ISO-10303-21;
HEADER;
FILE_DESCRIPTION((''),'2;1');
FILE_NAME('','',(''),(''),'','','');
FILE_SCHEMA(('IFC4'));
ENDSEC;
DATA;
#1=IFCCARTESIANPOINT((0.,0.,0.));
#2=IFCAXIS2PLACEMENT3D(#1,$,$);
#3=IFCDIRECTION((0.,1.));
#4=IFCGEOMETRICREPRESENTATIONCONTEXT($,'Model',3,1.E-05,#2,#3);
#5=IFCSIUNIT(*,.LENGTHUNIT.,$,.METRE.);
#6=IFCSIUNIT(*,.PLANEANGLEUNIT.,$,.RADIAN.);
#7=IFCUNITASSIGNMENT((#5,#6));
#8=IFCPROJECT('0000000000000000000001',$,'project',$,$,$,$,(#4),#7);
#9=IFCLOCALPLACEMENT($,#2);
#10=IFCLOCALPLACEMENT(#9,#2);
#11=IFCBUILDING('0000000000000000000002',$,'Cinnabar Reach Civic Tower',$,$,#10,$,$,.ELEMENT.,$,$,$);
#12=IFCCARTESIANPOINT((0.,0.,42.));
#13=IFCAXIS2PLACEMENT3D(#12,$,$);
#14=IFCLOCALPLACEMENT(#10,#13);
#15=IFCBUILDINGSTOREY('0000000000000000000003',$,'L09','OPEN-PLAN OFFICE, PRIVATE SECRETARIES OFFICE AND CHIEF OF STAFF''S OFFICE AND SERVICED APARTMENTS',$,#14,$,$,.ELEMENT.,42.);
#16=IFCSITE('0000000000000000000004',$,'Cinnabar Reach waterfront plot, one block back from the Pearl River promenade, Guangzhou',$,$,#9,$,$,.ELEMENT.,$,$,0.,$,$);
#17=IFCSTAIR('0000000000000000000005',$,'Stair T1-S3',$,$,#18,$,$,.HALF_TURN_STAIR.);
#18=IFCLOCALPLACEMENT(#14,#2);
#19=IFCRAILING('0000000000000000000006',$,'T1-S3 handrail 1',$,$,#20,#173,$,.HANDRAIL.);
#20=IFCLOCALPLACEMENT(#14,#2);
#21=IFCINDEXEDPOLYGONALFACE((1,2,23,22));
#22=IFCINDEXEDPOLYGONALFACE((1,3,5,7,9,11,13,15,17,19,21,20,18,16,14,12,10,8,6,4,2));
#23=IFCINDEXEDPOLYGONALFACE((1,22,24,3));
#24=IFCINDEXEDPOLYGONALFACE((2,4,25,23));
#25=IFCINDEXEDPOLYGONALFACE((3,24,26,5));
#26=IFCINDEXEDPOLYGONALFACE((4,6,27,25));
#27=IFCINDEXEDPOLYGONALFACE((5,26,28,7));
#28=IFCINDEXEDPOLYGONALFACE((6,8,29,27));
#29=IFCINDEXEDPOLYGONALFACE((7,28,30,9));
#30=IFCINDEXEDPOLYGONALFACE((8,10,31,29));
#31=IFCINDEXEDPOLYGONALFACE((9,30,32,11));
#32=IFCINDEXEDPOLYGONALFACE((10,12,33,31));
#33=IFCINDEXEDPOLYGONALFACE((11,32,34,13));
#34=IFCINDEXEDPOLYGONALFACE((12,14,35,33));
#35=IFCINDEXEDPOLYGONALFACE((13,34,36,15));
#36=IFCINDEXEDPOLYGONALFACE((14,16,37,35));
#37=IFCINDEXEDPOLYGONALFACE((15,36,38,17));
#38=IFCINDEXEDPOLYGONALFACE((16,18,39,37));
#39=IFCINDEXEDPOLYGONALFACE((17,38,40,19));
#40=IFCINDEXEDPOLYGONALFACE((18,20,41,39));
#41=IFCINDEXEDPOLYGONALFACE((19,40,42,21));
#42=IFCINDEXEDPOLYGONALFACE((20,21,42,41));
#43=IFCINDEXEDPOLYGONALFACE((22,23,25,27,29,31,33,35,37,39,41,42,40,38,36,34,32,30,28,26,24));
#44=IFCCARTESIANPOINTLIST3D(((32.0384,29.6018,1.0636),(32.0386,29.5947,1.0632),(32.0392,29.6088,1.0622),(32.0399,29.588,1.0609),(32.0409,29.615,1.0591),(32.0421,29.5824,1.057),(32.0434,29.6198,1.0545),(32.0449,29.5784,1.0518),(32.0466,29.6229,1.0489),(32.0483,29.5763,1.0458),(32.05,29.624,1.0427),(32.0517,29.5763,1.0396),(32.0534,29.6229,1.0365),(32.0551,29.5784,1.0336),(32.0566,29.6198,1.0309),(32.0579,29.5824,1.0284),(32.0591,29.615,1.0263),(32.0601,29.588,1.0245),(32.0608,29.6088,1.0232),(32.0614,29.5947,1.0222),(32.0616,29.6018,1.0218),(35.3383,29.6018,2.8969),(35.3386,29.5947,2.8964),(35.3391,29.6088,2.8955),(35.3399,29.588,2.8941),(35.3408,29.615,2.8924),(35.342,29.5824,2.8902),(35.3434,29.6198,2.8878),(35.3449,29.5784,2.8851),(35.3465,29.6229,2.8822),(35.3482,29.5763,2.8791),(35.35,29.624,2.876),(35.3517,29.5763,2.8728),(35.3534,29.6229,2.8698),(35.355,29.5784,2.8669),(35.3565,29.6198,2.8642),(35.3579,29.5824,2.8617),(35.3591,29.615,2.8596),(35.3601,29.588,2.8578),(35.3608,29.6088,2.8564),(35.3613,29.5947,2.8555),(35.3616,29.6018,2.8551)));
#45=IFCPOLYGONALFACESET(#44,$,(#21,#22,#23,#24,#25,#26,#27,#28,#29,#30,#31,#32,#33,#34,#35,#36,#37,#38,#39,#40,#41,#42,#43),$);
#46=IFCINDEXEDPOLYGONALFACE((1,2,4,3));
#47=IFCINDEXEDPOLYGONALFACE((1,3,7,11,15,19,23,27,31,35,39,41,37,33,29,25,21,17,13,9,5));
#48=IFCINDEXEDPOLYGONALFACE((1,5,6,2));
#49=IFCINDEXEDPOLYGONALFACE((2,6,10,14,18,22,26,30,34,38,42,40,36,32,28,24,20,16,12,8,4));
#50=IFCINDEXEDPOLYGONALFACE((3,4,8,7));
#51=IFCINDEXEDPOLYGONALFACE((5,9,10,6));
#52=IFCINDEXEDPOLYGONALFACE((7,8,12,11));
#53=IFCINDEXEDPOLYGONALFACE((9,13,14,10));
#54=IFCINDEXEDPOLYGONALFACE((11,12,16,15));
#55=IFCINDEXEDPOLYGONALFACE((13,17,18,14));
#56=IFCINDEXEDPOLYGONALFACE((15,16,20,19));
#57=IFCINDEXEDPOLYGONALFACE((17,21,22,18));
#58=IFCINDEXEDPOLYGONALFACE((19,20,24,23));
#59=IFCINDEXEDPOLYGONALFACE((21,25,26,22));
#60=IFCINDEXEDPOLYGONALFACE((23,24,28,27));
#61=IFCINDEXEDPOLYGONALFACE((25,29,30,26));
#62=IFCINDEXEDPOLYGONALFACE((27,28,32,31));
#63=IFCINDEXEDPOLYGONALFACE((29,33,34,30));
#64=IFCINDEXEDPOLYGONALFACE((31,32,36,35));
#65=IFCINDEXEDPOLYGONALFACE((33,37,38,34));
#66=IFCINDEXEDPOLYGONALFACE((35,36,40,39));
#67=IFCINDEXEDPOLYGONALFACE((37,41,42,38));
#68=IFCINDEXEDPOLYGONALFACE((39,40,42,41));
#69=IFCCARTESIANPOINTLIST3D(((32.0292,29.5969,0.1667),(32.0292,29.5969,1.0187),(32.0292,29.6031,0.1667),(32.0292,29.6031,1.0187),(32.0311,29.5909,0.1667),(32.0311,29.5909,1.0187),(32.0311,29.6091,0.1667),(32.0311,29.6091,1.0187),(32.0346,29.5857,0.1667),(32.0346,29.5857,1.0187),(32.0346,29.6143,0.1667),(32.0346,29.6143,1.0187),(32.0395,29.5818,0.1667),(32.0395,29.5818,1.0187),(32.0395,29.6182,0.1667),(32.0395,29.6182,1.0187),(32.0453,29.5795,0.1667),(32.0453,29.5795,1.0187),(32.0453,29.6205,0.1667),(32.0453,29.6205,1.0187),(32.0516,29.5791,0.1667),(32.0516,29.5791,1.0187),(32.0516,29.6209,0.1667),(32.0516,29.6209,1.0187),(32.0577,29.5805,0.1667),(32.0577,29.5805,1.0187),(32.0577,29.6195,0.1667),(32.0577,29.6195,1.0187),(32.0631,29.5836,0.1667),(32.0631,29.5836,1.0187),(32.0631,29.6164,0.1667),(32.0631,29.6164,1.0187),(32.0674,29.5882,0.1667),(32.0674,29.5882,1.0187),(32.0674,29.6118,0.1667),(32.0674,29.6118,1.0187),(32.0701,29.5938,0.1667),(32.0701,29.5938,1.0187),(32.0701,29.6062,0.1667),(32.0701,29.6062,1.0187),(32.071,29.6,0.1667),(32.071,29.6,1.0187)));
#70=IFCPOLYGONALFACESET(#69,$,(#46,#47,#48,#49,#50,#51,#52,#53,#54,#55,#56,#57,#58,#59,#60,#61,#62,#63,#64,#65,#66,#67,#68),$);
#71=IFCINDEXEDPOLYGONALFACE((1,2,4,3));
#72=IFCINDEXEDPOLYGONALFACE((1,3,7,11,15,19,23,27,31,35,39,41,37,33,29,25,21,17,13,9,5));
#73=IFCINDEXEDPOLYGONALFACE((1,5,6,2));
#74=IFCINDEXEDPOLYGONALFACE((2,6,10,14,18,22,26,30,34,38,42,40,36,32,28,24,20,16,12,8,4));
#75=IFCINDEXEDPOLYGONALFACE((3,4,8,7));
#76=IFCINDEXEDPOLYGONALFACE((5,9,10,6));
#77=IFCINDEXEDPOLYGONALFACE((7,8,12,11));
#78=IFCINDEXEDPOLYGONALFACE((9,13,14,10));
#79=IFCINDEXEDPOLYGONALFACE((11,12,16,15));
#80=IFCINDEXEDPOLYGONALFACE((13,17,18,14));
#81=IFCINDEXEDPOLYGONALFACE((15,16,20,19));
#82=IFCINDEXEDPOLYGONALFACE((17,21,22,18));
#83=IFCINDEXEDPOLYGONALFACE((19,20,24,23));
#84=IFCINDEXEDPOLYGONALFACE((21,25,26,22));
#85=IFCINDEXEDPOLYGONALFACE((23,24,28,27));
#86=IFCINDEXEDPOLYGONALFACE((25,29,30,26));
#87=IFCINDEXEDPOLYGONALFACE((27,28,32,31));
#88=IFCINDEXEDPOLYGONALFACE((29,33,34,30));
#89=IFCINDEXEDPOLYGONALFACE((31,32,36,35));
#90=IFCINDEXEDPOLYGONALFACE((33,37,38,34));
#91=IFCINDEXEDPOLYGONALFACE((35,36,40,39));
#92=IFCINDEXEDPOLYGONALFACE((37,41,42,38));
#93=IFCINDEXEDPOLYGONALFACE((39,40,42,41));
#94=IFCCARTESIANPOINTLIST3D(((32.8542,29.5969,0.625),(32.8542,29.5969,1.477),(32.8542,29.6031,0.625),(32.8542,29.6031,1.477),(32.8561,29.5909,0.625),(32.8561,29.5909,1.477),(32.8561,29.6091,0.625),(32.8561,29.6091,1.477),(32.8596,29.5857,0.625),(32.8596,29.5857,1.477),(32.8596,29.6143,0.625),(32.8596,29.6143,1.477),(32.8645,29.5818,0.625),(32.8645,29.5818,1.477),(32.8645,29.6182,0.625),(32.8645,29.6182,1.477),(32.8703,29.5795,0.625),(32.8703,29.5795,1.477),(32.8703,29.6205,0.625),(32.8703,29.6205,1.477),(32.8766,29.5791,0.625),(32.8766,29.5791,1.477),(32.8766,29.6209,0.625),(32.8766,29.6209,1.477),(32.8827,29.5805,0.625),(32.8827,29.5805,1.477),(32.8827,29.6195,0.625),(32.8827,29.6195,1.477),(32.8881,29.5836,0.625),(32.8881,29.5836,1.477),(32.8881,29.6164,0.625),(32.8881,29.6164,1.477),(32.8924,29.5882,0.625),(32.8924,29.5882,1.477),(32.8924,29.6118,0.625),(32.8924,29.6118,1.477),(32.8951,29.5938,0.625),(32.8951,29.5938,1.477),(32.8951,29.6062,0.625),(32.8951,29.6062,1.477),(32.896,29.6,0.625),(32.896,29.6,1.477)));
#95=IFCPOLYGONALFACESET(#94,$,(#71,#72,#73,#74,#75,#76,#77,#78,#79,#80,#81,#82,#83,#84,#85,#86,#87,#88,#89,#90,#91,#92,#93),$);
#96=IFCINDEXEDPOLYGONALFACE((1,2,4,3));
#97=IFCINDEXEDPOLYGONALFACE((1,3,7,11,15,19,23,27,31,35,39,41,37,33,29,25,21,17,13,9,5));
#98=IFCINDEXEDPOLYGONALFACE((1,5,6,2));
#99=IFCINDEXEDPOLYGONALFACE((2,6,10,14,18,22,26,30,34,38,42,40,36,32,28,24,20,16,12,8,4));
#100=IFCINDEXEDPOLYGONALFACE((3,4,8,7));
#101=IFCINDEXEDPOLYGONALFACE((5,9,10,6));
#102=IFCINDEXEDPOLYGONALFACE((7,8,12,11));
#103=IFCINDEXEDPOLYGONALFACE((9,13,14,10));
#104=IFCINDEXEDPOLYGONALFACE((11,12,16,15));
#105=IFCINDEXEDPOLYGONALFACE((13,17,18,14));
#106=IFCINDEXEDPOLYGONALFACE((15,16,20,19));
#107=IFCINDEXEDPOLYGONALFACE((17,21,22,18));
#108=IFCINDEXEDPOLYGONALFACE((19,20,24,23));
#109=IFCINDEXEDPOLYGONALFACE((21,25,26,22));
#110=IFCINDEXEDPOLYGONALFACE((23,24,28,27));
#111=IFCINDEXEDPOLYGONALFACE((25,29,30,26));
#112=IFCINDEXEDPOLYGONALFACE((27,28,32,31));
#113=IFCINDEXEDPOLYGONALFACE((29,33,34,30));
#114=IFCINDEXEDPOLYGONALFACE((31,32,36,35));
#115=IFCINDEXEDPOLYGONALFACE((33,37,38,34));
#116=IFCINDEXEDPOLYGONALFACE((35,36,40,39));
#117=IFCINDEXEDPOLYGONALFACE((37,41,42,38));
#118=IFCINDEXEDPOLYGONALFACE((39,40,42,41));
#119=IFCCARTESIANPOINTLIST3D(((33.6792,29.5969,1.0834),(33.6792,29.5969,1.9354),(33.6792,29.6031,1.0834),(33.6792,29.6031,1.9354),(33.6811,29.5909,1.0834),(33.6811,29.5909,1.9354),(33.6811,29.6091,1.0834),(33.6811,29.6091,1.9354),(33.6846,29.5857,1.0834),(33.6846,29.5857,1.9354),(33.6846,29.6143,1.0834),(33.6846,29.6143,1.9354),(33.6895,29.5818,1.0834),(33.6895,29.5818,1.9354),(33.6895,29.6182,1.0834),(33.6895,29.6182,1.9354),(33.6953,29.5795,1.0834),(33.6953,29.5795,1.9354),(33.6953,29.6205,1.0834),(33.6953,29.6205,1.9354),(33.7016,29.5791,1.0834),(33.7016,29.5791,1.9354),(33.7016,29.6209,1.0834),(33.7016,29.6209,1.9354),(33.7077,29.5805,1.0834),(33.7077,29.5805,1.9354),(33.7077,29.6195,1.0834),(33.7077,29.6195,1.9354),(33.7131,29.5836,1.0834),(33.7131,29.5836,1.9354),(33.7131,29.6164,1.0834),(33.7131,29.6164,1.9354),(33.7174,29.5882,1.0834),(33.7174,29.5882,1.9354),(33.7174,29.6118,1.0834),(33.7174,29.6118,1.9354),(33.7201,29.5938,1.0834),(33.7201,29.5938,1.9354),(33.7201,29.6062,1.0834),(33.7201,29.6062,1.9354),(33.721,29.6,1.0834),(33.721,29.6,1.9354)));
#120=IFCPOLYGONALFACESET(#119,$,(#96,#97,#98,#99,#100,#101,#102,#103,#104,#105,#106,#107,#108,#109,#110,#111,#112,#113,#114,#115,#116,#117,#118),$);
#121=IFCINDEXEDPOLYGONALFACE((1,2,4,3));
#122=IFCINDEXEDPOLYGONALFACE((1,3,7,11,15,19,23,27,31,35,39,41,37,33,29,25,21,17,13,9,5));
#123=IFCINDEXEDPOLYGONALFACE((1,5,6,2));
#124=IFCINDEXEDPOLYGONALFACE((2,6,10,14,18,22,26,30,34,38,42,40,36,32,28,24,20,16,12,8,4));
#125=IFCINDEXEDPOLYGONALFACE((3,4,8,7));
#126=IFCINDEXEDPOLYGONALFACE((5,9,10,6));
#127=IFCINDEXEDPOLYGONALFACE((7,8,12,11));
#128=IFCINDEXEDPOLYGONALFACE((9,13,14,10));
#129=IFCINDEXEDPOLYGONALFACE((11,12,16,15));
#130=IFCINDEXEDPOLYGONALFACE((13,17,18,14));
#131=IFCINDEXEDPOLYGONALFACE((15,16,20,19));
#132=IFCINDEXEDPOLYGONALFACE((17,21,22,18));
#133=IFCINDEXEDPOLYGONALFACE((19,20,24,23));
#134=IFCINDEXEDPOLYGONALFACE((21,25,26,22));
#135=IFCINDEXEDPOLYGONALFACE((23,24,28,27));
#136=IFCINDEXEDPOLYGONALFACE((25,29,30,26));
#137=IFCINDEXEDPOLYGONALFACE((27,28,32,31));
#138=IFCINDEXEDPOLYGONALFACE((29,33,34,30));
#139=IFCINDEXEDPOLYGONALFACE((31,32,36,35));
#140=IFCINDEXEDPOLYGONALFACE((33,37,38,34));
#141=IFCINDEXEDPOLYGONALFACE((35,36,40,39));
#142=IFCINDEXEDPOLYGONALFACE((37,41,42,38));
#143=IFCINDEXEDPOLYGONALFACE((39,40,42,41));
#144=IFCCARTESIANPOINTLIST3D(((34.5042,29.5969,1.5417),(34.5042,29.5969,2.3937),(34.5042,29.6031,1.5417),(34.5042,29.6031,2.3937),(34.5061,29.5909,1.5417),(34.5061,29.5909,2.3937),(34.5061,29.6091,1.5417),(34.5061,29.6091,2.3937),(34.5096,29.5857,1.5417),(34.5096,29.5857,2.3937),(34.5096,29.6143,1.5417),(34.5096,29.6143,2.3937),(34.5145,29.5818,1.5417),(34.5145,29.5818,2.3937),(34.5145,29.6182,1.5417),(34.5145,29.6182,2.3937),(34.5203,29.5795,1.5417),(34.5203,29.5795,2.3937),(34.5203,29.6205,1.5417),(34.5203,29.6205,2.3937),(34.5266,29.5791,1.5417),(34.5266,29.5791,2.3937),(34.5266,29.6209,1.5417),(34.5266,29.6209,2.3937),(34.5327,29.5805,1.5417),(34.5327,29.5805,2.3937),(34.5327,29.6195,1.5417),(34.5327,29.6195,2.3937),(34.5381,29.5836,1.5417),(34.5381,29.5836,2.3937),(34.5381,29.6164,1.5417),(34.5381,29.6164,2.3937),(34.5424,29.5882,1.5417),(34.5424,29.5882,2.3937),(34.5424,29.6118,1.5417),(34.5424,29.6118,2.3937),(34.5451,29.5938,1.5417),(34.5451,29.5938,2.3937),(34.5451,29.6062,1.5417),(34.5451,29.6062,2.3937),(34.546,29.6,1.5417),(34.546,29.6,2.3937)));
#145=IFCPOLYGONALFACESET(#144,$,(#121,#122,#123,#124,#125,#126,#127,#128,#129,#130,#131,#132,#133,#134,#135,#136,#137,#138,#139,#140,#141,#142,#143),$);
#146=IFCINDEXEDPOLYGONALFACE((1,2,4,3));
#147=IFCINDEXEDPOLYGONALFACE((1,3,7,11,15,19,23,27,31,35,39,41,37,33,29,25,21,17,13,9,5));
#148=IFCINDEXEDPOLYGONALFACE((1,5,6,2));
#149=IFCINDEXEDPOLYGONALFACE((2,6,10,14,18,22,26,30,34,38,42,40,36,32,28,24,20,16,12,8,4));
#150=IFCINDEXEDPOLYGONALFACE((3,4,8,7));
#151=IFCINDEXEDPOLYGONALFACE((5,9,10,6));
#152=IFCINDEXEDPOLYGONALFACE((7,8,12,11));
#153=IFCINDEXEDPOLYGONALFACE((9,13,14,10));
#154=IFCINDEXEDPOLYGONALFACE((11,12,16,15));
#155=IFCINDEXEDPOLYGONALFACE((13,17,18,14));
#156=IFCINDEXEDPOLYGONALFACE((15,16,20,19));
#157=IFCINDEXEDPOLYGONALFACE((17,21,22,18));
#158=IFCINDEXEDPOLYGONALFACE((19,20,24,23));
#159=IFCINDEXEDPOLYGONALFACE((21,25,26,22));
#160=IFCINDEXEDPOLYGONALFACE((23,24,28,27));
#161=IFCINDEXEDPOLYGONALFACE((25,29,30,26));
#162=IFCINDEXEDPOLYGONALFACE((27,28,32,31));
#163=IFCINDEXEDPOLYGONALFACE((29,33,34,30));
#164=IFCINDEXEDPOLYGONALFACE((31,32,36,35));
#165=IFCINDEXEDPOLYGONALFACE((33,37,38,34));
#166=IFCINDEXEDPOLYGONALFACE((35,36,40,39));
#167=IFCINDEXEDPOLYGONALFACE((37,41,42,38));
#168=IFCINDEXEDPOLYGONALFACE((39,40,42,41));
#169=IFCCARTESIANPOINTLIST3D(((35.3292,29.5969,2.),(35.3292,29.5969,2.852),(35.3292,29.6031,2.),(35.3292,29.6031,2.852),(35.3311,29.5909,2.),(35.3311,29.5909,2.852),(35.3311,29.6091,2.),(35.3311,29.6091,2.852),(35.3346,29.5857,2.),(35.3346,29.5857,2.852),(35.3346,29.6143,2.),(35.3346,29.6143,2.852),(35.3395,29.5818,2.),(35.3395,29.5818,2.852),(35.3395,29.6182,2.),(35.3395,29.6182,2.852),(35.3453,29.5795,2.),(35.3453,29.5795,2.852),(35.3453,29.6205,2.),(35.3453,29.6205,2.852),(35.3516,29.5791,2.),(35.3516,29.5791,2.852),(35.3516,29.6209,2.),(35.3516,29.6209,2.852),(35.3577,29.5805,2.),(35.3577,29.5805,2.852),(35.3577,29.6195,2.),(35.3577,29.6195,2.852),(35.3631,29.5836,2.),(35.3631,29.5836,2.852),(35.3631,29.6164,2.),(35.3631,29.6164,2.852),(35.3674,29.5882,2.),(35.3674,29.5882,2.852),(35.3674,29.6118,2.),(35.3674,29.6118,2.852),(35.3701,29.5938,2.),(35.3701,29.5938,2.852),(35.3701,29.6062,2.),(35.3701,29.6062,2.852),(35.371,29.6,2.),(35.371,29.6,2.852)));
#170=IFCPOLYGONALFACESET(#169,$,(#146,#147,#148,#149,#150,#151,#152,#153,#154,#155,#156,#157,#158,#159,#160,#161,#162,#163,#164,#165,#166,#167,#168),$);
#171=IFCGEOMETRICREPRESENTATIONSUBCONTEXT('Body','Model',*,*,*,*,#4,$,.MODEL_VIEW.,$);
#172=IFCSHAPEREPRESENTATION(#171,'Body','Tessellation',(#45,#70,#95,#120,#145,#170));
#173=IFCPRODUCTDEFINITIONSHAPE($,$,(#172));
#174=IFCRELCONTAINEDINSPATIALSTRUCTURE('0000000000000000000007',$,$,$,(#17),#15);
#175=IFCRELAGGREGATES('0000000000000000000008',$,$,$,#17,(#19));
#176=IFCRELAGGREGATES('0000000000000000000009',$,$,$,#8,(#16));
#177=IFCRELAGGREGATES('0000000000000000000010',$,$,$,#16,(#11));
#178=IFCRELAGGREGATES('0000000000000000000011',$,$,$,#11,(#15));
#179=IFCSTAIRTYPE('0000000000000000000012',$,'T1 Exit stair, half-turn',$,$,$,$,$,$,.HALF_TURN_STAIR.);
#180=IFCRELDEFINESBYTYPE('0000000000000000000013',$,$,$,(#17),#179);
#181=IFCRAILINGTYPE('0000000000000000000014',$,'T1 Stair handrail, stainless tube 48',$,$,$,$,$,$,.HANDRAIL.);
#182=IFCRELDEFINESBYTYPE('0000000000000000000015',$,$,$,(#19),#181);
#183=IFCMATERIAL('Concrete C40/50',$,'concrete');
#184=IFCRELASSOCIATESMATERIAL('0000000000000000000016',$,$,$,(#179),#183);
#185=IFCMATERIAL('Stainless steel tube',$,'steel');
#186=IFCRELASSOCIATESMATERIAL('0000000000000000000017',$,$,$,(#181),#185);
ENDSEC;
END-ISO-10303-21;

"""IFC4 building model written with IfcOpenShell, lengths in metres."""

from ifc_helpers import new_model, si_unit, direction, frame, origin, origin_2d, place, context, subcontext, project, spatial, circle, extrude, material, type_object, element, aggregate, save


model = new_model("IFC4")

# Units and contexts
model_context = context("Model", 3, precision=1e-05, world=origin(), true_north=direction((0.0, 1.0)))
body_context = subcontext(model_context, "Body", "Model", "MODEL_VIEW")
ifc_project = project(units=[si_unit("LENGTHUNIT", "METRE"), si_unit("PLANEANGLEUNIT", "RADIAN")], contexts=[model_context])

# Site, building, storey
site_placement = place(None, origin())
site = spatial("IfcSite", under=ifc_project, at=site_placement, Name="Cinnabar Reach waterfront plot, one block back from the Pearl River promenade, Guangzhou", CompositionType="ELEMENT", RefElevation=0.0)
building_placement = place(site_placement, origin())
building = spatial("IfcBuilding", under=site, at=building_placement, Name="Cinnabar Reach Civic Tower", CompositionType="ELEMENT")
storey_placement = place(building_placement, frame((0.0, 0.0, 42.0)))
storey = spatial("IfcBuildingStorey", under=building, at=storey_placement, Name="L09", Description="OPEN-PLAN OFFICE, PRIVATE SECRETARIES OFFICE AND CHIEF OF STAFF'S OFFICE AND SERVICED APARTMENTS", CompositionType="ELEMENT", Elevation=42.0)

# Stair, railing
ifc_material_1 = material(Name="Concrete C40/50", Category="concrete")
stair_type = type_object("IfcStairType", Name="T1 Exit stair, half-turn", PredefinedType="HALF_TURN_STAIR", material=ifc_material_1)
stair_placement = place(storey_placement, origin())
stair = element("IfcStair", 1, at=stair_placement, inside=storey, type_object=stair_type, Name="Stair T1-S3", PredefinedType="HALF_TURN_STAIR")
ifc_material_2 = material(Name="Stainless steel tube", Category="steel")
railing_type = type_object("IfcRailingType", Name="T1 Stair handrail, stainless tube 48", PredefinedType="HANDRAIL", material=ifc_material_2)
railing_1_placement = place(storey_placement, frame((32.05, 29.6, 0.1667)))
railing_1 = element("IfcRailing", 2, at=railing_1_placement, type_object=railing_type, Name="T1-S3 handrail 1", PredefinedType="HANDRAIL", context=body_context, shape_type="SweptSolid", body=[
    extrude(circle(Radius=0.024, at=origin_2d()), frame((0.0, 0.0, 0.876), z_axis=(0.874161, 0.0, 0.485636), x_axis=(0.0, 1.0, 0.0)), (0.0, 0.0, 1.0), 3.775),
    extrude(circle(Radius=0.021, at=origin_2d()), origin(), (0.0, 0.0, 1.0), 0.852),
    extrude(circle(Radius=0.021, at=origin_2d()), frame((0.825, 0.0, 0.4583)), (0.0, 0.0, 1.0), 0.852),
    extrude(circle(Radius=0.021, at=origin_2d()), frame((1.65, 0.0, 0.9167)), (0.0, 0.0, 1.0), 0.852),
    extrude(circle(Radius=0.021, at=origin_2d()), frame((2.475, 0.0, 1.375)), (0.0, 0.0, 1.0), 0.852),
    extrude(circle(Radius=0.021, at=origin_2d()), frame((3.3, 0.0, 1.8333)), (0.0, 0.0, 1.0), 0.852),
])
aggregate(stair, [railing_1])

save(model, "model.ifc")
